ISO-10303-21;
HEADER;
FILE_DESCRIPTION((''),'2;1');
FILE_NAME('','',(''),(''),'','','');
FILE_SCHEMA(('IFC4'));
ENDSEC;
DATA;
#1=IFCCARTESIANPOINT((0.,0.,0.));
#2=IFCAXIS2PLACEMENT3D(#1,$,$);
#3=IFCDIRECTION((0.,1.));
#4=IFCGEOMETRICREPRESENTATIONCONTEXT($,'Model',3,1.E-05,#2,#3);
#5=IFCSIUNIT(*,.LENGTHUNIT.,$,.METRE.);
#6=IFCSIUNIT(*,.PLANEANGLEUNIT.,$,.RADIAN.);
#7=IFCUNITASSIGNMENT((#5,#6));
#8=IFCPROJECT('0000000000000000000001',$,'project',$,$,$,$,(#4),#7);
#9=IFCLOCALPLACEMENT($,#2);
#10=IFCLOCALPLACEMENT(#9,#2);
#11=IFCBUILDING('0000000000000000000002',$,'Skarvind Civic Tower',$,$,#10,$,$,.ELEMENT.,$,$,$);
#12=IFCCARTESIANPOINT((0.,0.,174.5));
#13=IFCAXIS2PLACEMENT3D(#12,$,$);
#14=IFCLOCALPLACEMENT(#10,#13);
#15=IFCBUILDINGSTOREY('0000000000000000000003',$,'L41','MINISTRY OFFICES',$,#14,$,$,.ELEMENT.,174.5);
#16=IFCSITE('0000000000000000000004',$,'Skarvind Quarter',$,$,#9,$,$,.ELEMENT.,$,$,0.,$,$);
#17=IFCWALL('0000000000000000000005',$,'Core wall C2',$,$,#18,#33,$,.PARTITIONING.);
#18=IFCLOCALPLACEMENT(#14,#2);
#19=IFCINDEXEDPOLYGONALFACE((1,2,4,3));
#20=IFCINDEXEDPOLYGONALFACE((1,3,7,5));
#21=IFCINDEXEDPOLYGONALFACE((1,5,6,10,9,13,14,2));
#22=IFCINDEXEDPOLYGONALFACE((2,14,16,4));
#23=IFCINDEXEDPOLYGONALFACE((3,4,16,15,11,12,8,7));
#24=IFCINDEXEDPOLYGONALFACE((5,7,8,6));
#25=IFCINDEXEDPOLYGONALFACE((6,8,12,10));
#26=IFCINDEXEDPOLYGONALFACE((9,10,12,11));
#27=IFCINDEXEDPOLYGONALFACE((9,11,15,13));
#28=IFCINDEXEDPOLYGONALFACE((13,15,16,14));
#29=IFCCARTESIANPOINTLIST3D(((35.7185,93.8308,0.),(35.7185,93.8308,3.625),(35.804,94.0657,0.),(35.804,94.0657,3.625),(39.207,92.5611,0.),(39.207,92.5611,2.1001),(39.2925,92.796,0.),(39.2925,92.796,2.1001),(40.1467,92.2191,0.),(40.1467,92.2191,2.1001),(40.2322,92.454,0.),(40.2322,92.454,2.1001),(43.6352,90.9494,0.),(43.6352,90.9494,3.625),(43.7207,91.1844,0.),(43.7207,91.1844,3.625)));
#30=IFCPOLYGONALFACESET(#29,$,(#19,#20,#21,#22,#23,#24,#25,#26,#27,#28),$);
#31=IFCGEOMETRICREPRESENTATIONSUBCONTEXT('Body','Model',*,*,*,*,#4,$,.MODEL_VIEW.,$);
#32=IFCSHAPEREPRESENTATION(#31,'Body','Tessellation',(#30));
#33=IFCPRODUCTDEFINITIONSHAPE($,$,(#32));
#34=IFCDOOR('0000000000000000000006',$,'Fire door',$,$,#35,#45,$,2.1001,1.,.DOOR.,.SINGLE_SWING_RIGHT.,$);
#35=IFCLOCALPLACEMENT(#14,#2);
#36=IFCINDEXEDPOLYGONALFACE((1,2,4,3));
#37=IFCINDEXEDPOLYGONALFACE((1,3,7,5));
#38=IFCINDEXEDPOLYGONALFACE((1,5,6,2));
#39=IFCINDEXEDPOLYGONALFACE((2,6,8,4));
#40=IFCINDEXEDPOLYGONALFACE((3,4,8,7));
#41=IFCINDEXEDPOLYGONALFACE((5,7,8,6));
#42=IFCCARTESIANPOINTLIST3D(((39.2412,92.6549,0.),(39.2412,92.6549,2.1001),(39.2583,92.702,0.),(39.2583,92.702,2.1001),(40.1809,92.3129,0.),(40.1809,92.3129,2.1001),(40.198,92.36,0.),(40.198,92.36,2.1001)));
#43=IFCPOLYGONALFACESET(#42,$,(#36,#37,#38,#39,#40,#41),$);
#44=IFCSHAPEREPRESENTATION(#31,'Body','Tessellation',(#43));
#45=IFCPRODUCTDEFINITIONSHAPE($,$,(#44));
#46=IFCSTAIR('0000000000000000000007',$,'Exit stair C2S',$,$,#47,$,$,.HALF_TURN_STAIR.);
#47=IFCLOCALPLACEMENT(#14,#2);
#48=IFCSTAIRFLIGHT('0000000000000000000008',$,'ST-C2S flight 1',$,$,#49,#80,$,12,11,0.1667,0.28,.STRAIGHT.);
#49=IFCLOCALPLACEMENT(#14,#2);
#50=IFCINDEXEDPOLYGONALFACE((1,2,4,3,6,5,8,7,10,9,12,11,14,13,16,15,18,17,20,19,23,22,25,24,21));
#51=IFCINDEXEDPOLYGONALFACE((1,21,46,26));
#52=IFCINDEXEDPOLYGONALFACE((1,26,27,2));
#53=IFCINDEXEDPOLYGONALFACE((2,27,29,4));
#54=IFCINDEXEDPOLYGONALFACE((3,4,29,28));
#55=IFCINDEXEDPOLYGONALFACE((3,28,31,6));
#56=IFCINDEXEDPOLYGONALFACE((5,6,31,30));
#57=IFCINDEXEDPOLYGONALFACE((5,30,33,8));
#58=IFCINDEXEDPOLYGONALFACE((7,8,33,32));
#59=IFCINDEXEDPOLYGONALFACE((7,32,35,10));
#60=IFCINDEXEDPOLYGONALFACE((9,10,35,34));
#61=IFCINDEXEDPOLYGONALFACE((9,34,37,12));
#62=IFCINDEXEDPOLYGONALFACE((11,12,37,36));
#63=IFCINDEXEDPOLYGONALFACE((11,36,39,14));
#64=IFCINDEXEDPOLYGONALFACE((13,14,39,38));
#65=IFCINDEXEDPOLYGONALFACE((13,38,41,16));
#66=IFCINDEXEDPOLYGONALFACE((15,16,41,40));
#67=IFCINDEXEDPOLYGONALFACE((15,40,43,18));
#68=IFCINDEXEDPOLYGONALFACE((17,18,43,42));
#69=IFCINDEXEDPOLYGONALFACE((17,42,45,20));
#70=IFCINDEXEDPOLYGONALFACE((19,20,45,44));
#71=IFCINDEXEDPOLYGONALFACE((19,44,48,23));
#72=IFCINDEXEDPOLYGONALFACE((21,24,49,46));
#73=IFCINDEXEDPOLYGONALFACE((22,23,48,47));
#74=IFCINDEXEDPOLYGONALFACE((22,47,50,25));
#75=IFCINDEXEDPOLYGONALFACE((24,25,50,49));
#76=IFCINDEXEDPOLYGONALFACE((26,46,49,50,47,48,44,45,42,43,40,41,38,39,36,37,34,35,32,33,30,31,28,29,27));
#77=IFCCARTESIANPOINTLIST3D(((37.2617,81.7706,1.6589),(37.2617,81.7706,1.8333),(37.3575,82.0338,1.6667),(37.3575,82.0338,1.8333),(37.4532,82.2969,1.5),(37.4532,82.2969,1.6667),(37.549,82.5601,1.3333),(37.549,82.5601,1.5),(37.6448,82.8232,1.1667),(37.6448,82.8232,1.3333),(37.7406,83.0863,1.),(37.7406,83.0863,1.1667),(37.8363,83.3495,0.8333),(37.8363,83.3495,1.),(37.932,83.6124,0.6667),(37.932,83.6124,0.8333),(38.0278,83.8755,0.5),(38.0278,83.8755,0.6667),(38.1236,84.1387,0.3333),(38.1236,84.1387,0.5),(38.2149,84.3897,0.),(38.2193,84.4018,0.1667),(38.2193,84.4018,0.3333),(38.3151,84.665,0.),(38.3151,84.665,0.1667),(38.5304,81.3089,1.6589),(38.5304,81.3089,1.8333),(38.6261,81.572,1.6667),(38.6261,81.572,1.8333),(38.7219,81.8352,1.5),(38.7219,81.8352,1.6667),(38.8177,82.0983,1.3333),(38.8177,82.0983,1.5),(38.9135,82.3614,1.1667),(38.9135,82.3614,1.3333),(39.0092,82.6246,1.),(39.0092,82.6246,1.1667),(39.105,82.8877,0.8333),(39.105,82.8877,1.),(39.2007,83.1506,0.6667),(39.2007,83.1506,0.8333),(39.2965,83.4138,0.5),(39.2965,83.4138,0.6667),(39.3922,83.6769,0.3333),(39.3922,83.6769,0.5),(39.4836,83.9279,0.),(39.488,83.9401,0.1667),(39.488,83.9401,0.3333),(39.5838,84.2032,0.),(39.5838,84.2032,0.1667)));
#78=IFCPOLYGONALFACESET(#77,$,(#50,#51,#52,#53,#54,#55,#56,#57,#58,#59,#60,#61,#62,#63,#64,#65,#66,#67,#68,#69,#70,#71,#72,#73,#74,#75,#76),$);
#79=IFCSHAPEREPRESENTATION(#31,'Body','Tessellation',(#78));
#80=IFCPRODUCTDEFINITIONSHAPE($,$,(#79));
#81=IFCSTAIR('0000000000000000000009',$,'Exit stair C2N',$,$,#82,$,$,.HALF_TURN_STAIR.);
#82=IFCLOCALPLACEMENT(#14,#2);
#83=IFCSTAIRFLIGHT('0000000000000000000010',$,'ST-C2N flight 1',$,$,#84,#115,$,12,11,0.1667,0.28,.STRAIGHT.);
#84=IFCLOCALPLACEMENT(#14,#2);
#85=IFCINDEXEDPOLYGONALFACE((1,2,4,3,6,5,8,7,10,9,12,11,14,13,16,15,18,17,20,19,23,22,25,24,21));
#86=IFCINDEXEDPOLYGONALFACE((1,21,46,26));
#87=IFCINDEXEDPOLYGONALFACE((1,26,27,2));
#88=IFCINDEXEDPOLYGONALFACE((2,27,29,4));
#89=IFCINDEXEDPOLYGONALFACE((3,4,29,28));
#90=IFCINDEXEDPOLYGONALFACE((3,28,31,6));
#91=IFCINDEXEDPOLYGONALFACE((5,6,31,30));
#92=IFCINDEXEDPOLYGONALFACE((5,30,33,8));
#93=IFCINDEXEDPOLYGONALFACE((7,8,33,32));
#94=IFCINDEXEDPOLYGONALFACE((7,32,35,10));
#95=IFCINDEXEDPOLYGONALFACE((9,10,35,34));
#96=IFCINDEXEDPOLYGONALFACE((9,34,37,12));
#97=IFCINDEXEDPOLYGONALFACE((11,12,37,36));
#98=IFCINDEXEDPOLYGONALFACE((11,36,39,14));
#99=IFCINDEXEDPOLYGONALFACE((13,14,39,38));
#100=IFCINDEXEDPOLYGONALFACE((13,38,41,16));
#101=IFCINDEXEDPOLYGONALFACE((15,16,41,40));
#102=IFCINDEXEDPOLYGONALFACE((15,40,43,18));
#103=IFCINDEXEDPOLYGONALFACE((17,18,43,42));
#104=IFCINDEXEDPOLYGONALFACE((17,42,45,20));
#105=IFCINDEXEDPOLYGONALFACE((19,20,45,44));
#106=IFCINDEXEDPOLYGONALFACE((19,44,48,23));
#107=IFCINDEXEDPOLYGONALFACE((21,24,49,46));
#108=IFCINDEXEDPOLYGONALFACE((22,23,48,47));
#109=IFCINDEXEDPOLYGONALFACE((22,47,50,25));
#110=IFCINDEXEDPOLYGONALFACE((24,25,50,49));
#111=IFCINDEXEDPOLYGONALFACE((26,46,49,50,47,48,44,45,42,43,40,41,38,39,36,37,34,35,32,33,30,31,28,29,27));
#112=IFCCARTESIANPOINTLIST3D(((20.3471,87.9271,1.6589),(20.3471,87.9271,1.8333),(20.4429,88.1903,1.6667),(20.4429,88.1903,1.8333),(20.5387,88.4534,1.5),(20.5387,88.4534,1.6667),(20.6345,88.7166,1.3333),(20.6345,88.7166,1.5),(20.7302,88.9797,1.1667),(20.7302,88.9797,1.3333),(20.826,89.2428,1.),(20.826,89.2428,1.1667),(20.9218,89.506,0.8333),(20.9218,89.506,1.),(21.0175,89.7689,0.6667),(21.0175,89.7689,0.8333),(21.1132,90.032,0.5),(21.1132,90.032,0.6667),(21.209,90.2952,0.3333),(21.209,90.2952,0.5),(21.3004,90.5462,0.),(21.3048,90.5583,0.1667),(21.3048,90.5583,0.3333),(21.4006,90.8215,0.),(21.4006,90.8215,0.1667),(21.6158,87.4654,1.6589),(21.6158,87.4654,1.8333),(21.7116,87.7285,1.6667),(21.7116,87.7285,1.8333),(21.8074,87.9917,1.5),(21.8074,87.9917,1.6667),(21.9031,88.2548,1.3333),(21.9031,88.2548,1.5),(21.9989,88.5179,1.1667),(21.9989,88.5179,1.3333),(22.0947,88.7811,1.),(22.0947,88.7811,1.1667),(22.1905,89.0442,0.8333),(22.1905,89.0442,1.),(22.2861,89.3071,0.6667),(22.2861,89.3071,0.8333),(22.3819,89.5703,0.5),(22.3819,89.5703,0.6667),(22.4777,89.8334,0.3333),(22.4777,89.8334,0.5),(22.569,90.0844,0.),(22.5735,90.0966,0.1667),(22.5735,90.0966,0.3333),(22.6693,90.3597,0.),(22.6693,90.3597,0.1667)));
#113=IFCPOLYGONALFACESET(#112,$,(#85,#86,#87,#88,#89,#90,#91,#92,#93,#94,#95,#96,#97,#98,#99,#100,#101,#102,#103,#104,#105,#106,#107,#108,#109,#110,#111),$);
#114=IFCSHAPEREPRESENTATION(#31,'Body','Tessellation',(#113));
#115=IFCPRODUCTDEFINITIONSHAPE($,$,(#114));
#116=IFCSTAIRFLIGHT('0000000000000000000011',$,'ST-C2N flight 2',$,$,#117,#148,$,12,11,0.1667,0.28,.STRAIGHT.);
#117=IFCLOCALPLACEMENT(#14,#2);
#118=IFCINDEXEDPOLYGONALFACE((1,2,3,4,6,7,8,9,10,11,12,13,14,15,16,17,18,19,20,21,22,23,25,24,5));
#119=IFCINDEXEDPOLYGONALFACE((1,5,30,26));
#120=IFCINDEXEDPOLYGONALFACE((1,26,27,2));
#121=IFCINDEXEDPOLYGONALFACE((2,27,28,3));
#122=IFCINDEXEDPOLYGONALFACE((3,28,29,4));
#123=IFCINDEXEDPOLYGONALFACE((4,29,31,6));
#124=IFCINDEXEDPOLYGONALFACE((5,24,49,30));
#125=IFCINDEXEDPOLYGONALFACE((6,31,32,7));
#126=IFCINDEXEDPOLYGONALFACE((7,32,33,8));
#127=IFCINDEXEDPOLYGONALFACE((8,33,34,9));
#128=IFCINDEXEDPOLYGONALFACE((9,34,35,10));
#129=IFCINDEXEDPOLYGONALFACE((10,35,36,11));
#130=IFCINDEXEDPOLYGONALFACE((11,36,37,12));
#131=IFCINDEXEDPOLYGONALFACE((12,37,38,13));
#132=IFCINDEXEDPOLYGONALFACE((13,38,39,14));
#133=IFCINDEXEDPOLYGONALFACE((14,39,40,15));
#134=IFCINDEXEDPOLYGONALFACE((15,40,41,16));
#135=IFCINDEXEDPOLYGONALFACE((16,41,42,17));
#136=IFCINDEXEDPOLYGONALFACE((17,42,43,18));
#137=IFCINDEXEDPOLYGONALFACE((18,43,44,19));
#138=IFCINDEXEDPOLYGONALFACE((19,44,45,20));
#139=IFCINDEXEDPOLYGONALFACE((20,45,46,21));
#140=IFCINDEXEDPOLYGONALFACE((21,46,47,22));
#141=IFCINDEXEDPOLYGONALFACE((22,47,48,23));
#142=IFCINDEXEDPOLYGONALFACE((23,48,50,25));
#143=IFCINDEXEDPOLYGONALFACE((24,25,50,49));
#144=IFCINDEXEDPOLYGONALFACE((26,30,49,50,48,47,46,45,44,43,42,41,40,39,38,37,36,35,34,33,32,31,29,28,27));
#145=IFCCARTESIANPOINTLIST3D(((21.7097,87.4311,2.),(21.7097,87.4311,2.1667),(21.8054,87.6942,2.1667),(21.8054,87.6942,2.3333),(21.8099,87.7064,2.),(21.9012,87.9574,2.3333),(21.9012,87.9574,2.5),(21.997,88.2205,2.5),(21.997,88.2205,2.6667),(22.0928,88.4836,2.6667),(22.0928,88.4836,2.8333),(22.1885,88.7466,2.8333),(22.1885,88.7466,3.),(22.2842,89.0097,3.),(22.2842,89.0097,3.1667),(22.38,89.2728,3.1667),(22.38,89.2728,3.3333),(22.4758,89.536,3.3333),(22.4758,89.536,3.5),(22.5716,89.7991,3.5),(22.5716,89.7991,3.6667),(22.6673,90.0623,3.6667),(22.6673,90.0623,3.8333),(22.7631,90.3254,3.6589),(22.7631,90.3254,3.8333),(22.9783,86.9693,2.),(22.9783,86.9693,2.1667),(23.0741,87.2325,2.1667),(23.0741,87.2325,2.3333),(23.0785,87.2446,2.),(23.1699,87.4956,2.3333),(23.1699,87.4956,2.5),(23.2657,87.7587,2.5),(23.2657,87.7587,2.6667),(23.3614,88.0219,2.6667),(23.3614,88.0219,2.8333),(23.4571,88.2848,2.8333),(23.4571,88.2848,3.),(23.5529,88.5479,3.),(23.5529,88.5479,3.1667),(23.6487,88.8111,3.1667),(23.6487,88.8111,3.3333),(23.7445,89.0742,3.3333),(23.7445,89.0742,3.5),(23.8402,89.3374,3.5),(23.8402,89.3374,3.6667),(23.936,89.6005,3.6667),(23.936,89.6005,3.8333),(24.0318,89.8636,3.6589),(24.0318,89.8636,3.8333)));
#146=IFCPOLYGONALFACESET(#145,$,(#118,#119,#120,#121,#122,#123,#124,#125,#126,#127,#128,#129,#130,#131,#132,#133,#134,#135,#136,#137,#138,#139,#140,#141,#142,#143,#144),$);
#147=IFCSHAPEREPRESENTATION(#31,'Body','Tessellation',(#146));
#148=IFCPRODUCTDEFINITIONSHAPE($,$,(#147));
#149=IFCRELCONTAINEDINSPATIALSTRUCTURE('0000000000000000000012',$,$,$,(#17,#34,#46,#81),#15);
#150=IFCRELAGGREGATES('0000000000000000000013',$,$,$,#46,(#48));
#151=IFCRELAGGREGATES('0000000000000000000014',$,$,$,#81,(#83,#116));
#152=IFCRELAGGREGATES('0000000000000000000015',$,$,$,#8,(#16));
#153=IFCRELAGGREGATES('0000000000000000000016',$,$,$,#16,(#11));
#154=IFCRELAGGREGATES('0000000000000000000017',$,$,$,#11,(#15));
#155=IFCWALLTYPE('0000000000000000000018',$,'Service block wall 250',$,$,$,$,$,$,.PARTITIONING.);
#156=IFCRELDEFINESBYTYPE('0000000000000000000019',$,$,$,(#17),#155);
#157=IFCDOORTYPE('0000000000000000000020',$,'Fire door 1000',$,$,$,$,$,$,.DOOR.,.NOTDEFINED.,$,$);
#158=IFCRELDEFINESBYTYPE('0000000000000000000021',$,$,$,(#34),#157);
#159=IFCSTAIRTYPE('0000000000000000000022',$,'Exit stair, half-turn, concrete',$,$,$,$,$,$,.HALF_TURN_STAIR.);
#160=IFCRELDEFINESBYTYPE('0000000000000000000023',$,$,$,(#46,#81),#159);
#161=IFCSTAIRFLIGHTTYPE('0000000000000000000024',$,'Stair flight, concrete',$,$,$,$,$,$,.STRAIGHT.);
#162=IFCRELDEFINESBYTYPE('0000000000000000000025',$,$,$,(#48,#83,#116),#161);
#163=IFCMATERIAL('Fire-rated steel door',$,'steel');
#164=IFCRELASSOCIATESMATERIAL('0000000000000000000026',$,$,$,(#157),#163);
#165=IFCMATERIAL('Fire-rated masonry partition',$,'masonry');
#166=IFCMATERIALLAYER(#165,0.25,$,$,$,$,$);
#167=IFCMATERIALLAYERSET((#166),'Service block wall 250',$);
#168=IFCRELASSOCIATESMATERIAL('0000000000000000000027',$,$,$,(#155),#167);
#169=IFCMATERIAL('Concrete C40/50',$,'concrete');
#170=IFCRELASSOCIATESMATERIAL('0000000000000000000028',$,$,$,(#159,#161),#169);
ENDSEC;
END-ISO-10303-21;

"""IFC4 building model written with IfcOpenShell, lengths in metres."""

from ifc_helpers import new_model, si_unit, direction, frame, frame_2d, origin, place, context, subcontext, project, spatial, polyline, rectangle, outline, extrude, material, layer, layer_set, type_object, element, fill, aggregate, save


model = new_model("IFC4")

# Units and contexts
model_context = context("Model", 3, precision=1e-05, world=origin(), true_north=direction((0.0, 1.0)))
body_context = subcontext(model_context, "Body", "Model", "MODEL_VIEW")
ifc_project = project(units=[si_unit("LENGTHUNIT", "METRE"), si_unit("PLANEANGLEUNIT", "RADIAN")], contexts=[model_context])

# Site, building, storey
site_placement = place(None, origin())
site = spatial("IfcSite", under=ifc_project, at=site_placement, Name="Skarvind Quarter", CompositionType="ELEMENT", RefElevation=0.0)
building_placement = place(site_placement, origin())
building = spatial("IfcBuilding", under=site, at=building_placement, Name="Skarvind Civic Tower", CompositionType="ELEMENT")
storey_placement = place(building_placement, frame((0.0, 0.0, 174.5)))
storey = spatial("IfcBuildingStorey", under=building, at=storey_placement, Name="L41", Description="MINISTRY OFFICES", CompositionType="ELEMENT", Elevation=174.5)

# Shared definitions
ifc_material_1 = material(Name="Fire-rated masonry partition", Category="masonry")
ifc_material_2 = material(Name="Fire-rated steel door", Category="steel")

# Shared definitions
door_type_1 = type_object("IfcDoorType", Name="Fire door 1000", OperationType="NOTDEFINED", PredefinedType="DOOR", material=ifc_material_2)

# Wall, opening, door
ifc_layer_1 = layer(ifc_material_1, 0.25)
ifc_layer_set_1 = layer_set([ifc_layer_1], Name="Service block wall 250")
wall_type_1 = type_object("IfcWallType", Name="Service block wall 250", PredefinedType="PARTITIONING", material=ifc_layer_set_1)
wall_1_placement = place(storey_placement, frame((35.7612, 93.9482, 0.0), z_axis=(0.0, 0.0, 1.0), x_axis=(0.939697, -0.342008, 0.0)))
wall_1 = element("IfcWall", 1, at=wall_1_placement, inside=storey, type_object=wall_type_1, Name="Core wall C2", PredefinedType="PARTITIONING", context=body_context, shape_type="SweptSolid", body=[
    extrude(rectangle(XDim=8.4248, YDim=0.25, at=frame_2d((4.2124, 0.0))), origin(), (0.0, 0.0, 1.0), 3.625),
])
opening_1_placement = place(wall_1_placement, frame((3.7124, 0.0, 0.0)))
opening_1 = element("IfcOpeningElement", 2, at=opening_1_placement, cuts=wall_1, PredefinedType="OPENING", context=body_context, shape_type="SweptSolid", body=[
    extrude(rectangle(XDim=1.0, YDim=2.1001, at=frame_2d((0.5, 1.05))), frame((0.0, 0.135, 0.0), z_axis=(0.0, -1.0, 0.0), x_axis=(1.0, 0.0, 0.0)), (0.0, 0.0, 1.0), 0.27),
])
door_1_placement = place(opening_1_placement, origin())
door_1 = element("IfcDoor", 3, at=door_1_placement, inside=storey, type_object=door_type_1, Name="Fire door", OperationType="SINGLE_SWING_RIGHT", OverallHeight=2.1001, OverallWidth=1.0, PredefinedType="DOOR", context=body_context, shape_type="SweptSolid", body=[
    extrude(rectangle(XDim=1.0, YDim=2.1001, at=frame_2d((0.5, 1.05))), frame((0.0, 0.0249, 0.0), z_axis=(0.0, -1.0, 0.0), x_axis=(1.0, 0.0, 0.0)), (0.0, 0.0, 1.0), 0.05),
])
fill(opening_1, door_1)

# Stair, stair flight
ifc_material_3 = material(Name="Concrete C40/50", Category="concrete")
stair_type = type_object("IfcStairType", Name="Exit stair, half-turn, concrete", PredefinedType="HALF_TURN_STAIR", material=ifc_material_3)
stair_1_placement = place(storey_placement, origin())
stair_1 = element("IfcStair", 4, at=stair_1_placement, inside=storey, type_object=stair_type, Name="Exit stair C2S", PredefinedType="HALF_TURN_STAIR")
stair_flight_type = type_object("IfcStairFlightType", Name="Stair flight, concrete", PredefinedType="STRAIGHT", material=ifc_material_3)
stair_flight_1_placement = place(storey_placement, frame((38.9495, 84.4341, 0.0), z_axis=(0.0, 0.0, 1.0), x_axis=(-0.34202, -0.939693, 0.0)))
stair_flight_1 = element("IfcStairFlight", 5, at=stair_flight_1_placement, type_object=stair_flight_type, Name="ST-C2S flight 1", NumberOfRisers=12, NumberOfTreads=11, PredefinedType="STRAIGHT", RiserHeight=0.1667, TreadLength=0.28, context=body_context, shape_type="SweptSolid", body=[
    extrude(outline(polyline([(0.0, 0.0), (0.0, 0.1667), (0.28, 0.1667), (0.28, 0.3333), (0.5601, 0.3333), (0.5601, 0.5), (0.8401, 0.5), (0.8401, 0.6667), (1.1201, 0.6667), (1.1201, 0.8333), (1.3999, 0.8333), (1.3999, 1.0), (1.6799, 1.0), (1.6799, 1.1667), (1.96, 1.1667), (1.96, 1.3333), (2.24, 1.3333), (2.24, 1.5), (2.52, 1.5), (2.52, 1.6667), (2.8, 1.6667), (2.8, 1.8333), (3.0801, 1.8333), (3.0801, 2.0), (3.0801, 1.6589), (0.293, 0.0), (0.0, 0.0)])), frame((0.0, 0.675, 0.0), z_axis=(0.0, -1.0, 0.0), x_axis=(1.0, 0.0, 0.0)), (0.0, 0.0, 1.0), 1.3501),
])
aggregate(stair_1, [stair_flight_1])

# Stair, stair flights
stair_2_placement = place(storey_placement, origin())
stair_2 = element("IfcStair", 6, at=stair_2_placement, inside=storey, type_object=stair_type, Name="Exit stair C2N", PredefinedType="HALF_TURN_STAIR")
stair_flight_2_placement = place(storey_placement, frame((22.0349, 90.5906, 0.0), z_axis=(0.0, 0.0, 1.0), x_axis=(-0.34202, -0.939693, 0.0)))
stair_flight_2 = element("IfcStairFlight", 7, at=stair_flight_2_placement, type_object=stair_flight_type, Name="ST-C2N flight 1", NumberOfRisers=12, NumberOfTreads=11, PredefinedType="STRAIGHT", RiserHeight=0.1667, TreadLength=0.28, context=body_context, shape_type="SweptSolid", body=[
    extrude(outline(polyline([(0.0, 0.0), (0.0, 0.1667), (0.28, 0.1667), (0.28, 0.3333), (0.5601, 0.3333), (0.5601, 0.5), (0.8401, 0.5), (0.8401, 0.6667), (1.1201, 0.6667), (1.1201, 0.8333), (1.3999, 0.8333), (1.3999, 1.0), (1.6799, 1.0), (1.6799, 1.1667), (1.96, 1.1667), (1.96, 1.3333), (2.24, 1.3333), (2.24, 1.5), (2.52, 1.5), (2.52, 1.6667), (2.8, 1.6667), (2.8, 1.8333), (3.0801, 1.8333), (3.0801, 2.0), (3.0801, 1.6589), (0.293, 0.0), (0.0, 0.0)])), frame((0.0, 0.675, 0.0), z_axis=(0.0, -1.0, 0.0), x_axis=(1.0, 0.0, 0.0)), (0.0, 0.0, 1.0), 1.3501),
])
stair_flight_3_placement = place(storey_placement, frame((22.344, 87.2002, 2.0), z_axis=(0.0, 0.0, 1.0), x_axis=(0.34202, 0.939693, 0.0)))
stair_flight_3 = element("IfcStairFlight", 8, at=stair_flight_3_placement, type_object=stair_flight_type, Name="ST-C2N flight 2", NumberOfRisers=12, NumberOfTreads=11, PredefinedType="STRAIGHT", RiserHeight=0.1667, TreadLength=0.28, context=body_context, shape_type="SweptSolid", body=[
    extrude(outline(polyline([(0.0, 0.0), (0.0, 0.1667), (0.28, 0.1667), (0.28, 0.3333), (0.5601, 0.3333), (0.5601, 0.5), (0.8401, 0.5), (0.8401, 0.6667), (1.1201, 0.6667), (1.1201, 0.8333), (1.3999, 0.8333), (1.3999, 1.0), (1.6799, 1.0), (1.6799, 1.1667), (1.96, 1.1667), (1.96, 1.3333), (2.24, 1.3333), (2.24, 1.5), (2.52, 1.5), (2.52, 1.6667), (2.8, 1.6667), (2.8, 1.8333), (3.0801, 1.8333), (3.0801, 2.0), (3.0801, 1.6589), (0.293, 0.0), (0.0, 0.0)])), frame((0.0, 0.675, 0.0), z_axis=(0.0, -1.0, 0.0), x_axis=(1.0, 0.0, 0.0)), (0.0, 0.0, 1.0), 1.3501),
])
aggregate(stair_2, [stair_flight_2, stair_flight_3])

save(model, "model.ifc")
